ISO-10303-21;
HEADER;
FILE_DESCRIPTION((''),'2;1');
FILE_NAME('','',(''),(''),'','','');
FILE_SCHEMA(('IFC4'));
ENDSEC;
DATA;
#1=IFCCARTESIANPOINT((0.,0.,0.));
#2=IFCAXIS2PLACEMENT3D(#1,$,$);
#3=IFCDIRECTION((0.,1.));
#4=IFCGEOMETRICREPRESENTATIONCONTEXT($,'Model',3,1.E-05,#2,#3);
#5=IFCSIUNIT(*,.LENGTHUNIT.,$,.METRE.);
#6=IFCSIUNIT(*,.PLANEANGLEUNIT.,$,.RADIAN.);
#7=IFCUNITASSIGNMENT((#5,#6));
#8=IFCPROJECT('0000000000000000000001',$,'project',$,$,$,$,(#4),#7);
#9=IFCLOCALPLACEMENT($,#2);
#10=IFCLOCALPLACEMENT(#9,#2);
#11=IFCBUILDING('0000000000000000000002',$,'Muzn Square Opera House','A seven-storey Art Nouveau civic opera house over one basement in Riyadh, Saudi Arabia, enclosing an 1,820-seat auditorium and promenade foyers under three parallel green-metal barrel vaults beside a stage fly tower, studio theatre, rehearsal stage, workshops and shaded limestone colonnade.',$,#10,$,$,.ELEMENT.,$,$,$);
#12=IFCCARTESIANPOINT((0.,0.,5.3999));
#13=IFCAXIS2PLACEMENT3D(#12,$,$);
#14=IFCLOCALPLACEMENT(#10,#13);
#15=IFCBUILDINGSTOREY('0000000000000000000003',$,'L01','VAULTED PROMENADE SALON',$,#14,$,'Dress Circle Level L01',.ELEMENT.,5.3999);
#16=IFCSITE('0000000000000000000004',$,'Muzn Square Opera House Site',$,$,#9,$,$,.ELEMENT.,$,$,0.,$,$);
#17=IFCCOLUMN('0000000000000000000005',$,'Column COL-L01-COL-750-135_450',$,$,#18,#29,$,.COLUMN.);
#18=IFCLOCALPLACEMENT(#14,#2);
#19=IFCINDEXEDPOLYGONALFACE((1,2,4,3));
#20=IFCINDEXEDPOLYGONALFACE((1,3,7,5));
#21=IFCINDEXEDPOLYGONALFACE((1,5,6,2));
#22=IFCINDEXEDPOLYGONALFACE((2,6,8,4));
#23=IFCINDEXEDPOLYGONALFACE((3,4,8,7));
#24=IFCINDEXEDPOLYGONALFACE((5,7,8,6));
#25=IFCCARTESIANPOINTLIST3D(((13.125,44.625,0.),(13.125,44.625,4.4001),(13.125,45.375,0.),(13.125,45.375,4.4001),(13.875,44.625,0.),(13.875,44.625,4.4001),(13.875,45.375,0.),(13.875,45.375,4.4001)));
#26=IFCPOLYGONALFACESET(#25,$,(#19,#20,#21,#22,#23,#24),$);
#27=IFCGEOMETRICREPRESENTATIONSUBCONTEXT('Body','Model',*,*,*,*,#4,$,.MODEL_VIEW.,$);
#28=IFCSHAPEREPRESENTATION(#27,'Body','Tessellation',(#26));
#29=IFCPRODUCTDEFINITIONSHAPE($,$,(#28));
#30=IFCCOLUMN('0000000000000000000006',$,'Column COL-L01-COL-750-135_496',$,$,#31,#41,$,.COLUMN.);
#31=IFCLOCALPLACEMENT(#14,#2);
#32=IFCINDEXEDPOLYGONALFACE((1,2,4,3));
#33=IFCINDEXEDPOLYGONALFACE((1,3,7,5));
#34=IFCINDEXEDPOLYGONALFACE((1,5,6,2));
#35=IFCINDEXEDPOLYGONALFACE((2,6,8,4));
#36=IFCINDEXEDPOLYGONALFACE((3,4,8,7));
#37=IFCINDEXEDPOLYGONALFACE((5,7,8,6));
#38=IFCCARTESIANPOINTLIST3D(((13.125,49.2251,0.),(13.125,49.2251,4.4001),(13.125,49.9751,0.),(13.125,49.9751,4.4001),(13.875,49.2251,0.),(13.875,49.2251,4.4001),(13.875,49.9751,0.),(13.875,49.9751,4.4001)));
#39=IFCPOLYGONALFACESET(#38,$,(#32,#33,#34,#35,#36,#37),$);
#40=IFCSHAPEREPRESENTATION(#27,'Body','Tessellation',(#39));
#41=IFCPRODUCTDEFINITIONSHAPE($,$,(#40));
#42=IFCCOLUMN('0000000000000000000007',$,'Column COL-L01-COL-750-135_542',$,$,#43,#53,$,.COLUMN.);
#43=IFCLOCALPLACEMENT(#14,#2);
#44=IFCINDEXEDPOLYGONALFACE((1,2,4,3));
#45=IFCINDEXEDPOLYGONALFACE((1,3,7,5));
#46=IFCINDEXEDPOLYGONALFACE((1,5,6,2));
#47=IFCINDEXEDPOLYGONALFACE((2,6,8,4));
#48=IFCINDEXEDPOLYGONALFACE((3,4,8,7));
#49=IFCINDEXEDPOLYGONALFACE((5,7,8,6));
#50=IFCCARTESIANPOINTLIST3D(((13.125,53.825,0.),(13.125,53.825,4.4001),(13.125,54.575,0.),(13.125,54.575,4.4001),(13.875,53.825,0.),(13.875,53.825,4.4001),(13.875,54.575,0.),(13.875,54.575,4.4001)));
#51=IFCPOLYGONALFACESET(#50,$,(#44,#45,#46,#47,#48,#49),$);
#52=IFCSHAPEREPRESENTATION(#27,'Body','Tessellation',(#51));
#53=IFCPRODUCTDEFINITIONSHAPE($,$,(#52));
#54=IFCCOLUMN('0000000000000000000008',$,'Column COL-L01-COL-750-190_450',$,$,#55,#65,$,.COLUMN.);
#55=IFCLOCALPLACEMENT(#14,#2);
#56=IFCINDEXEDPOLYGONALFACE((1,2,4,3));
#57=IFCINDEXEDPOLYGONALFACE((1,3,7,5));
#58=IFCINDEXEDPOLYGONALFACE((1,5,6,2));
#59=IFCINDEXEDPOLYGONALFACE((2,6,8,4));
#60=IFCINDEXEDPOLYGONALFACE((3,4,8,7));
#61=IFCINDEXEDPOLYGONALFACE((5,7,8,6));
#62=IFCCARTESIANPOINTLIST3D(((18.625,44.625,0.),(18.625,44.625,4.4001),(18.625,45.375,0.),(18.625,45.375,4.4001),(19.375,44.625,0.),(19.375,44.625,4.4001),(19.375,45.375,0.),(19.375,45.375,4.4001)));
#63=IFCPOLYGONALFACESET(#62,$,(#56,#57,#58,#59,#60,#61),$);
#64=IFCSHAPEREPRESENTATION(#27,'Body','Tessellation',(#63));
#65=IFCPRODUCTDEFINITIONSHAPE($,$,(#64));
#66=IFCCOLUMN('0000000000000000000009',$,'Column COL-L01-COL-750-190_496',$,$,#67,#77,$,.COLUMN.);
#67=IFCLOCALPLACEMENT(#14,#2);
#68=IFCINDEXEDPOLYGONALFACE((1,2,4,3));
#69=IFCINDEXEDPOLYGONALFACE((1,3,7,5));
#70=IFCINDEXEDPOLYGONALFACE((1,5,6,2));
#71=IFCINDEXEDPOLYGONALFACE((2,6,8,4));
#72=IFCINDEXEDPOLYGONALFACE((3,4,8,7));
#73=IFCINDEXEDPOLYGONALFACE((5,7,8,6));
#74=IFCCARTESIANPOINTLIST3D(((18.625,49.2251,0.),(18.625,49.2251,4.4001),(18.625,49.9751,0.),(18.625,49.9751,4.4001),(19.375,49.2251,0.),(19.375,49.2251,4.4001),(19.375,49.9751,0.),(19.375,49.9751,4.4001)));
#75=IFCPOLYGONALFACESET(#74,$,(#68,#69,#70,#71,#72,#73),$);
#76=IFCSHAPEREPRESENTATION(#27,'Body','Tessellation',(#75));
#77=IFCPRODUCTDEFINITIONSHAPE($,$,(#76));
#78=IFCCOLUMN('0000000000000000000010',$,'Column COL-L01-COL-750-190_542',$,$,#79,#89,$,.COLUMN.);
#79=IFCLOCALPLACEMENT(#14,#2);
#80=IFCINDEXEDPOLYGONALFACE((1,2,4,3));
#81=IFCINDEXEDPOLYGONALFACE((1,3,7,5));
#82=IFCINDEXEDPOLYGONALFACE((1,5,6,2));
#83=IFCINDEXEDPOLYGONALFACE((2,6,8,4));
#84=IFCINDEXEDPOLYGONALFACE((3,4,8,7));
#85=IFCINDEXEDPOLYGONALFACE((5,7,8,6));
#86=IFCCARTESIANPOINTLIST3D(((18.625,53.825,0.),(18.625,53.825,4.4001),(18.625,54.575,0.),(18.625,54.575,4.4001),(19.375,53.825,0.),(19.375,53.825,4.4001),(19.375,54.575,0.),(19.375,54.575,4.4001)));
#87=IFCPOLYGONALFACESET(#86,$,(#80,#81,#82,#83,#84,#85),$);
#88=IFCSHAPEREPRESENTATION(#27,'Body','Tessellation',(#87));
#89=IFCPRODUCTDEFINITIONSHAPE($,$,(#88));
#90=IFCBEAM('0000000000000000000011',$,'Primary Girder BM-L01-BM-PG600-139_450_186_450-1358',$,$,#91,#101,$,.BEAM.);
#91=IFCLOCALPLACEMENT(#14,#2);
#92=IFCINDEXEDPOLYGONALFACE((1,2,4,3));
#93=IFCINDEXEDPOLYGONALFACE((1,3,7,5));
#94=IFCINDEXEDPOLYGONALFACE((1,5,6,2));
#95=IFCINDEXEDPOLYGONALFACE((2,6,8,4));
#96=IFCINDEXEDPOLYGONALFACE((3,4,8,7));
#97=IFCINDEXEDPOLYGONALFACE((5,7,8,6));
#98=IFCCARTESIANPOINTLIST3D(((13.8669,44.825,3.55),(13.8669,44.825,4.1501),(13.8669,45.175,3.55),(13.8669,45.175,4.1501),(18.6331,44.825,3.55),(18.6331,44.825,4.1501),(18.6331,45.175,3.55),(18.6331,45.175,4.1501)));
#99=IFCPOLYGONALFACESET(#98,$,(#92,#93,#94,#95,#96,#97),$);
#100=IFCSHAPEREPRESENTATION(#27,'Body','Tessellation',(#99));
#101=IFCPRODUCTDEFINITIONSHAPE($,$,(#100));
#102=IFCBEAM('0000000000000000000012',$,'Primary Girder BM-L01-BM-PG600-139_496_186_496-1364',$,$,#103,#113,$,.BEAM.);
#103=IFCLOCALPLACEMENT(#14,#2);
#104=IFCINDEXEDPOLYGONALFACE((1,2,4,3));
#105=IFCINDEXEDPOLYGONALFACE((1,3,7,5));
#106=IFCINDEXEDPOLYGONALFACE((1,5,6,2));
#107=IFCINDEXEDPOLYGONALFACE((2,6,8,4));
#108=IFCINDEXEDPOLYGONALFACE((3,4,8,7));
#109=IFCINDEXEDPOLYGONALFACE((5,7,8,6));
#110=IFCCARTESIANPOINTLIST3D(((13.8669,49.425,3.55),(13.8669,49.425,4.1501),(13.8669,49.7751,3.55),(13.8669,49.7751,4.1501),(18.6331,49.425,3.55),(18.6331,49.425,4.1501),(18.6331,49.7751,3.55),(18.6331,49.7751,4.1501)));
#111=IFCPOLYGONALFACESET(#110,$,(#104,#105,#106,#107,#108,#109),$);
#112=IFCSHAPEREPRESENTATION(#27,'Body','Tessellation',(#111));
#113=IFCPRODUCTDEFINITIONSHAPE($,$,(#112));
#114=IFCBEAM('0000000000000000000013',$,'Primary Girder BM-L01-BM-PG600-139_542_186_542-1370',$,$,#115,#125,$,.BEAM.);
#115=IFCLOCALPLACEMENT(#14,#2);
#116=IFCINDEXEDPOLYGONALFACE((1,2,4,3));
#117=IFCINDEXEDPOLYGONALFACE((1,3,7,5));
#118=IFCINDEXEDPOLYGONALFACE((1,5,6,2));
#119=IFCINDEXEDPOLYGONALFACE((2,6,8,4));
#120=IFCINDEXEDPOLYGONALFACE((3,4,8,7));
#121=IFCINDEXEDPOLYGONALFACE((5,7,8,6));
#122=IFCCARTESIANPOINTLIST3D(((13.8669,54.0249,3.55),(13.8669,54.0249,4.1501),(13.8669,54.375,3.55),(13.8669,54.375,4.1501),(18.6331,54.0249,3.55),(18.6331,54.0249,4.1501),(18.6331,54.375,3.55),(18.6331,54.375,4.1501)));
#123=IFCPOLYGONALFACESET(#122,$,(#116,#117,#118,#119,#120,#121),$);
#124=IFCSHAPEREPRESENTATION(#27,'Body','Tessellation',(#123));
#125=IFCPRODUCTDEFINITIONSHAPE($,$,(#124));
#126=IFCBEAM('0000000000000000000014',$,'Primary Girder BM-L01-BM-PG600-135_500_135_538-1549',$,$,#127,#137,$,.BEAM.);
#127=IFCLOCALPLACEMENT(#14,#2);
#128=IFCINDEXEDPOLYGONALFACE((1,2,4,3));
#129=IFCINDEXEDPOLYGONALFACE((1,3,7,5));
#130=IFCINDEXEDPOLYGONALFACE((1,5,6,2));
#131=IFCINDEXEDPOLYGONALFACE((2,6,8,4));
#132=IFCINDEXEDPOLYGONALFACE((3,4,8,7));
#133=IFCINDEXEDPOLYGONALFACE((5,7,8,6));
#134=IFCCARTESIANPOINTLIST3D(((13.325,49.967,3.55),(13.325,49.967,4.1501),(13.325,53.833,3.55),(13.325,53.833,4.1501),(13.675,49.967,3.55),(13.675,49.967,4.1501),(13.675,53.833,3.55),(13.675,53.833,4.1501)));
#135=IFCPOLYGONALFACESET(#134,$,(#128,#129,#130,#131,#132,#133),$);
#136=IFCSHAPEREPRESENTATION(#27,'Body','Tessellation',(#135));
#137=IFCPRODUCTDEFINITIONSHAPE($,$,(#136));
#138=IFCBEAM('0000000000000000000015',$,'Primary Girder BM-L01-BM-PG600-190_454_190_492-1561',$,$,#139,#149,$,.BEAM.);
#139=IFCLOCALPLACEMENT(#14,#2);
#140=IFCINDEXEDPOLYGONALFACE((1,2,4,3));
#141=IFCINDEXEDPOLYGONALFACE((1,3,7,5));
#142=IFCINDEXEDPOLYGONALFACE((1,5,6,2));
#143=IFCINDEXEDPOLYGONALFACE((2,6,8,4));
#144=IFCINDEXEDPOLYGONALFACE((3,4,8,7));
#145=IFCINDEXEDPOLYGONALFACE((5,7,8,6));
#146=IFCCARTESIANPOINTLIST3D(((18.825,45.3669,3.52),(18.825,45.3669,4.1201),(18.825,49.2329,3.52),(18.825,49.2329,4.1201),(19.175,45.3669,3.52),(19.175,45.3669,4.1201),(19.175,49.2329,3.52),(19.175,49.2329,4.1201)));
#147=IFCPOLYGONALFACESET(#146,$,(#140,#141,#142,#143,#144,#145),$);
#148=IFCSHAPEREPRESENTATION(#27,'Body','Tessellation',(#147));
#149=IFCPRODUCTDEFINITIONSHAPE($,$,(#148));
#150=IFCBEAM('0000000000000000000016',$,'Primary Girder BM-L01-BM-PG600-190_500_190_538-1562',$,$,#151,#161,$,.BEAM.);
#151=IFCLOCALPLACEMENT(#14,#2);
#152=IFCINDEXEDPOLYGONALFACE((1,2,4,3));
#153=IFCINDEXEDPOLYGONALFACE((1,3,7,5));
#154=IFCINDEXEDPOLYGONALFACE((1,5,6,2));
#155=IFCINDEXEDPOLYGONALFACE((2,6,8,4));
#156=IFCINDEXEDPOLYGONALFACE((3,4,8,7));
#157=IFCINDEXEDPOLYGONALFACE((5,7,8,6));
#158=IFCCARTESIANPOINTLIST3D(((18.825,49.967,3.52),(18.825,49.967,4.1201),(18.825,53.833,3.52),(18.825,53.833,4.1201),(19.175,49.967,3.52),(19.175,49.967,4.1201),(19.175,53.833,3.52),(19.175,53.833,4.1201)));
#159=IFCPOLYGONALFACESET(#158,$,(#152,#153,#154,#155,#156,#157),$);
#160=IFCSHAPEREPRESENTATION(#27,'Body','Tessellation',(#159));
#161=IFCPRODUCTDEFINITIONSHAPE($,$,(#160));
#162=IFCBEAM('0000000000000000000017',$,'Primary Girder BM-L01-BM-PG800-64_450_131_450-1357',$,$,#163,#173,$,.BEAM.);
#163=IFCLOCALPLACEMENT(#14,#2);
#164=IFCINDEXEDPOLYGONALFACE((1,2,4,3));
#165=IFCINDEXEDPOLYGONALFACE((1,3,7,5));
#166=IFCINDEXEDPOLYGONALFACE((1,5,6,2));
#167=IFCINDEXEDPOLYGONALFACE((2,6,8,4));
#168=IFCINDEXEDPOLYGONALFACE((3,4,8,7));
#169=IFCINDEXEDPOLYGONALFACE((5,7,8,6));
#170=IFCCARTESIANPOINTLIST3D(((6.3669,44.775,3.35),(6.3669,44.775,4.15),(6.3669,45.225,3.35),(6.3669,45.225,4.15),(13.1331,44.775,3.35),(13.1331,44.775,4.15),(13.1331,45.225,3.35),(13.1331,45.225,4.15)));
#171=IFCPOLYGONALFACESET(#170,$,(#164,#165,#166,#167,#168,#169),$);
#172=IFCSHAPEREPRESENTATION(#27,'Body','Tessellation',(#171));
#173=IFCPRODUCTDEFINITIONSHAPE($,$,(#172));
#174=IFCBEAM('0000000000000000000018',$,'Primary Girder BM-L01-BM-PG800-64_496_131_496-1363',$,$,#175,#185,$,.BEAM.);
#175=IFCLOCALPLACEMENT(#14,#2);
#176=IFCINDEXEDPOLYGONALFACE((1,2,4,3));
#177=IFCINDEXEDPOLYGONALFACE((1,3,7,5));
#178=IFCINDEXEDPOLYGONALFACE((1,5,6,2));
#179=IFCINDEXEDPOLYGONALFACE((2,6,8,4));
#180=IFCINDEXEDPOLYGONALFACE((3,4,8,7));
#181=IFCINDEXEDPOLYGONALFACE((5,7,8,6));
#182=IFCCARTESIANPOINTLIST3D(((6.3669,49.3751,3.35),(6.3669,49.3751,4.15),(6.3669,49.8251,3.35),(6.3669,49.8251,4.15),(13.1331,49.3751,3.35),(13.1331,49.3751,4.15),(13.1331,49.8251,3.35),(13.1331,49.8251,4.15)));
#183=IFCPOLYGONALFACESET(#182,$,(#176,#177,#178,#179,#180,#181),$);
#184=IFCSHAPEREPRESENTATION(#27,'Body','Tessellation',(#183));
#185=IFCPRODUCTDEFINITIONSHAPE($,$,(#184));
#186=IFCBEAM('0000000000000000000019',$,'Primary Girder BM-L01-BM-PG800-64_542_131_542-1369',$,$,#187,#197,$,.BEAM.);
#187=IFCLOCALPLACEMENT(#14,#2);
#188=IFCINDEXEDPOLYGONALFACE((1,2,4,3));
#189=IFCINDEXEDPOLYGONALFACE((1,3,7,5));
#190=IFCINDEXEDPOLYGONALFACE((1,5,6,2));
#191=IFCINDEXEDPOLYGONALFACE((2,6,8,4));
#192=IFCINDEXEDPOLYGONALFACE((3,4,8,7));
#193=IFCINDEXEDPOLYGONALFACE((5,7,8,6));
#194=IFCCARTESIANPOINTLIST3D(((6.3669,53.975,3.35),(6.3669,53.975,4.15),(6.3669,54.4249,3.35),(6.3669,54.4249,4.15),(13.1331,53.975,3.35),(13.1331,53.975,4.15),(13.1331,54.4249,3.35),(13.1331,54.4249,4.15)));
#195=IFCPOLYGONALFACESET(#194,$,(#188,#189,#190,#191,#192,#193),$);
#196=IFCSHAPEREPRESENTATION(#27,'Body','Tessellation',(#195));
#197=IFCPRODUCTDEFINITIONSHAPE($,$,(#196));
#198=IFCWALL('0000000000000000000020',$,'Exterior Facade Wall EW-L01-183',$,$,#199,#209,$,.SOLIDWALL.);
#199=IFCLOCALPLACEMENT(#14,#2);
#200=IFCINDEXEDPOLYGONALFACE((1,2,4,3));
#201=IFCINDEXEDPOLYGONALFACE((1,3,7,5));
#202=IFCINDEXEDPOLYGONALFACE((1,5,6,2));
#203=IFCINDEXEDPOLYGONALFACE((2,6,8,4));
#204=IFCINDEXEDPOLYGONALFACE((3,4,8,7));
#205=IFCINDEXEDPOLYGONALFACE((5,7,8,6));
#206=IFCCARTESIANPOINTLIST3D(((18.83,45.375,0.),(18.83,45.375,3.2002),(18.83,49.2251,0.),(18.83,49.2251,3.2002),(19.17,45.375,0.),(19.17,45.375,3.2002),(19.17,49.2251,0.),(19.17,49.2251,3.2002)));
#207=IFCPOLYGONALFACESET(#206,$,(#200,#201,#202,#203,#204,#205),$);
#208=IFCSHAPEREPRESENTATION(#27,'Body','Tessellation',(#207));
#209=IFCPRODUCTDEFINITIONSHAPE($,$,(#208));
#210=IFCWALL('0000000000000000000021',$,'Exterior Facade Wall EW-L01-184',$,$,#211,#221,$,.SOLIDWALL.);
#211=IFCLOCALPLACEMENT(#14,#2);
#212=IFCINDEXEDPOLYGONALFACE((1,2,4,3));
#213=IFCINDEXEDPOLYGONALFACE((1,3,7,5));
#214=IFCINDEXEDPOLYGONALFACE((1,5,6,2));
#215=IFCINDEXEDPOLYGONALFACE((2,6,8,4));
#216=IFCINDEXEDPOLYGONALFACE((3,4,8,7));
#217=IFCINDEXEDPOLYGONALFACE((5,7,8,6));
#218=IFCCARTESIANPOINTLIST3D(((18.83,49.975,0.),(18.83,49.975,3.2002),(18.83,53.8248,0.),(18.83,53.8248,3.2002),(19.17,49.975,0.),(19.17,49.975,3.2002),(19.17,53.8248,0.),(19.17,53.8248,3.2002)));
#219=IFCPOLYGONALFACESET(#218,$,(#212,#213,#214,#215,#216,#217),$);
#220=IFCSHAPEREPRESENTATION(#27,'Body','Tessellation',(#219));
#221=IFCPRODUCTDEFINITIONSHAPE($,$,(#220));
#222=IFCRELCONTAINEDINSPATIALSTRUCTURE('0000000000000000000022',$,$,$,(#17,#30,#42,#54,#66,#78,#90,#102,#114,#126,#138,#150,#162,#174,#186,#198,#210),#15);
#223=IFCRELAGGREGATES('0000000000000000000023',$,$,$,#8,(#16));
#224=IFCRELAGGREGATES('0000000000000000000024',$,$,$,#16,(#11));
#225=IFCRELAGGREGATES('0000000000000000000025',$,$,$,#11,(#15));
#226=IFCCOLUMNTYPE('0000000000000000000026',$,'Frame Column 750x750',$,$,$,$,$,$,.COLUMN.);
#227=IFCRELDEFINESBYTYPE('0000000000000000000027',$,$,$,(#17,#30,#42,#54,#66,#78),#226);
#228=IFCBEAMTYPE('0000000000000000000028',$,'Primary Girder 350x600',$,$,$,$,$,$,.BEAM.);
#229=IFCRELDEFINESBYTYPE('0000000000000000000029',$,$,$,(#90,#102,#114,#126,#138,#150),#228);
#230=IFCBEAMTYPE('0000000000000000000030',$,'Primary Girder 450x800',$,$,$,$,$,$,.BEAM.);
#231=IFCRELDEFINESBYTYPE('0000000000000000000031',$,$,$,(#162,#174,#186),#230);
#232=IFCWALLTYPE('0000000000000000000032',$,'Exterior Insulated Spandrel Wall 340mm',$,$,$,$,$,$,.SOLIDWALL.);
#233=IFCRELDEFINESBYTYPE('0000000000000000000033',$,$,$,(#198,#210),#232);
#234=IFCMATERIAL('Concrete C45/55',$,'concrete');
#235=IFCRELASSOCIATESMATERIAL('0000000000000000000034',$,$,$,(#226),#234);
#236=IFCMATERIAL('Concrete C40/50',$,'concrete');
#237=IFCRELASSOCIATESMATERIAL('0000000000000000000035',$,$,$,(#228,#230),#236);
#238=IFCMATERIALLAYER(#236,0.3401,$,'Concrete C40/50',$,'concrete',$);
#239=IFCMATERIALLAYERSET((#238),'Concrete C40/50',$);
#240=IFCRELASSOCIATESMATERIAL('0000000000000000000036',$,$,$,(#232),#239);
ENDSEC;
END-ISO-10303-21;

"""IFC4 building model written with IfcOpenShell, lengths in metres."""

from ifc_helpers import new_model, si_unit, direction, frame, frame_2d, origin, origin_2d, place, context, subcontext, project, spatial, rectangle, extrude, material, layer, layer_set, material_profile, profile_set, type_object, element, save


model = new_model("IFC4")

# Units and contexts
model_context = context("Model", 3, precision=1e-05, world=origin(), true_north=direction((0.0, 1.0)))
body_context = subcontext(model_context, "Body", "Model", "MODEL_VIEW")
ifc_project = project(units=[si_unit("LENGTHUNIT", "METRE"), si_unit("PLANEANGLEUNIT", "RADIAN")], contexts=[model_context])

# Site, building, storey
site_placement = place(None, origin())
site = spatial("IfcSite", under=ifc_project, at=site_placement, Name="Muzn Square Opera House Site", CompositionType="ELEMENT", RefElevation=0.0)
building_placement = place(site_placement, origin())
building = spatial("IfcBuilding", under=site, at=building_placement, Name="Muzn Square Opera House", Description="A seven-storey Art Nouveau civic opera house over one basement in Riyadh, Saudi Arabia, enclosing an 1,820-seat auditorium and promenade foyers under three parallel green-metal barrel vaults beside a stage fly tower, studio theatre, rehearsal stage, workshops and shaded limestone colonnade.", CompositionType="ELEMENT")
storey_placement = place(building_placement, frame((0.0, 0.0, 5.3999)))
storey = spatial("IfcBuildingStorey", under=building, at=storey_placement, Name="L01", Description="VAULTED PROMENADE SALON", LongName="Dress Circle Level L01", CompositionType="ELEMENT", Elevation=5.3999)

# Columns
ifc_material_1 = material(Name="Concrete C45/55", Category="concrete")
ifc_material_profile_1 = material_profile(ifc_material_1, rectangle(XDim=0.75, YDim=0.75, at=origin_2d()), Name="RC 750x750", Category="concrete")
ifc_profile_set_1 = profile_set([ifc_material_profile_1], Name="Concrete C45/55")
column_type = type_object("IfcColumnType", Name="Frame Column 750x750", PredefinedType="COLUMN", material=ifc_profile_set_1)
for number, where, z_axis, x_axis, name in (
    (1, (13.5, 45.0, 0.0), (0.0, 0.0, 1.0), (1.0, 0.0, 0.0), "Column COL-L01-COL-750-135_450"),
    (2, (13.5, 49.6001, 0.0), (0.0, 0.0, 1.0), (1.0, 0.0, 0.0), "Column COL-L01-COL-750-135_496"),
    (3, (13.5, 54.2, 0.0), (0.0, 0.0, 1.0), (1.0, 0.0, 0.0), "Column COL-L01-COL-750-135_542"),
    (4, (19.0, 45.0, 0.0), (0.0, 0.0, 1.0), (1.0, 0.0, 0.0), "Column COL-L01-COL-750-190_450"),
    (5, (19.0, 49.6001, 0.0), (0.0, 0.0, 1.0), (1.0, 0.0, 0.0), "Column COL-L01-COL-750-190_496"),
    (6, (19.0, 54.2, 0.0), (0.0, 0.0, 1.0), (1.0, 0.0, 0.0), "Column COL-L01-COL-750-190_542"),
):
    element("IfcColumn", number, at=place(storey_placement, frame(where, z_axis=z_axis, x_axis=x_axis)), inside=storey, type_object=column_type, Name=name, PredefinedType="COLUMN", context=body_context, shape_type="SweptSolid", body=[
        extrude(rectangle(XDim=0.75, YDim=0.75, at=origin_2d()), origin(), (0.0, 0.0, 1.0), 4.4001),
    ])

# Beams
ifc_material_2 = material(Name="Concrete C40/50", Category="concrete")
ifc_material_profile_2 = material_profile(ifc_material_2, rectangle(XDim=0.3501, YDim=0.6001, at=origin_2d()), Name="RCB 350x600", Category="concrete")
ifc_profile_set_2 = profile_set([ifc_material_profile_2], Name="Concrete C40/50")
beam_type_1 = type_object("IfcBeamType", Name="Primary Girder 350x600", PredefinedType="BEAM", material=ifc_profile_set_2)
for number, where, z_axis, x_axis, name in (
    (7, (13.8669, 45.0, 3.8501), (1.0, 0.0, 0.0), (0.0, 1.0, 0.0), "Primary Girder BM-L01-BM-PG600-139_450_186_450-1358"),
    (8, (13.8669, 49.6001, 3.8501), (1.0, 0.0, 0.0), (0.0, 1.0, 0.0), "Primary Girder BM-L01-BM-PG600-139_496_186_496-1364"),
    (9, (13.8669, 54.2, 3.8501), (1.0, 0.0, 0.0), (0.0, 1.0, 0.0), "Primary Girder BM-L01-BM-PG600-139_542_186_542-1370"),
):
    element("IfcBeam", number, at=place(storey_placement, frame(where, z_axis=z_axis, x_axis=x_axis)), inside=storey, type_object=beam_type_1, Name=name, PredefinedType="BEAM", context=body_context, shape_type="SweptSolid", body=[
        extrude(rectangle(XDim=0.3501, YDim=0.6001, at=origin_2d()), origin(), (0.0, 0.0, 1.0), 4.7661),
    ])
for number, where, z_axis, x_axis, name in (
    (10, (13.5, 49.967, 3.8501), (0.0, 1.0, 0.0), (-1.0, 0.0, 0.0), "Primary Girder BM-L01-BM-PG600-135_500_135_538-1549"),
    (11, (19.0, 45.3669, 3.8201), (0.0, 1.0, 0.0), (-1.0, 0.0, 0.0), "Primary Girder BM-L01-BM-PG600-190_454_190_492-1561"),
    (12, (19.0, 49.967, 3.8201), (0.0, 1.0, 0.0), (-1.0, 0.0, 0.0), "Primary Girder BM-L01-BM-PG600-190_500_190_538-1562"),
):
    element("IfcBeam", number, at=place(storey_placement, frame(where, z_axis=z_axis, x_axis=x_axis)), inside=storey, type_object=beam_type_1, Name=name, PredefinedType="BEAM", context=body_context, shape_type="SweptSolid", body=[
        extrude(rectangle(XDim=0.3501, YDim=0.6001, at=origin_2d()), origin(), (0.0, 0.0, 1.0), 3.866),
    ])
ifc_material_profile_3 = material_profile(ifc_material_2, rectangle(XDim=0.45, YDim=0.8, at=origin_2d()), Name="RCB 450x800", Category="concrete")
ifc_profile_set_3 = profile_set([ifc_material_profile_3], Name="Concrete C40/50")
beam_type_2 = type_object("IfcBeamType", Name="Primary Girder 450x800", PredefinedType="BEAM", material=ifc_profile_set_3)
for number, where, z_axis, x_axis, name in (
    (13, (6.3669, 45.0, 3.75), (1.0, 0.0, 0.0), (0.0, 1.0, 0.0), "Primary Girder BM-L01-BM-PG800-64_450_131_450-1357"),
    (14, (6.3669, 49.6001, 3.75), (1.0, 0.0, 0.0), (0.0, 1.0, 0.0), "Primary Girder BM-L01-BM-PG800-64_496_131_496-1363"),
    (15, (6.3669, 54.2, 3.75), (1.0, 0.0, 0.0), (0.0, 1.0, 0.0), "Primary Girder BM-L01-BM-PG800-64_542_131_542-1369"),
):
    element("IfcBeam", number, at=place(storey_placement, frame(where, z_axis=z_axis, x_axis=x_axis)), inside=storey, type_object=beam_type_2, Name=name, PredefinedType="BEAM", context=body_context, shape_type="SweptSolid", body=[
        extrude(rectangle(XDim=0.45, YDim=0.8, at=origin_2d()), origin(), (0.0, 0.0, 1.0), 6.7661),
    ])

# Walls
ifc_layer_1 = layer(ifc_material_2, 0.3401, Name="Concrete C40/50", Category="concrete")
ifc_layer_set_1 = layer_set([ifc_layer_1], Name="Concrete C40/50")
wall_type_1 = type_object("IfcWallType", Name="Exterior Insulated Spandrel Wall 340mm", PredefinedType="SOLIDWALL", material=ifc_layer_set_1)
wall_1_placement = place(storey_placement, frame((19.0, 45.375, 0.0), z_axis=(0.0, 0.0, 1.0), x_axis=(0.0, 1.0, 0.0)))
element("IfcWall", 16, at=wall_1_placement, inside=storey, type_object=wall_type_1, Name="Exterior Facade Wall EW-L01-183", PredefinedType="SOLIDWALL", context=body_context, shape_type="SweptSolid", body=[
    extrude(rectangle(XDim=3.8501, YDim=0.3401, at=frame_2d((1.925, 0.0))), origin(), (0.0, 0.0, 1.0), 3.2002),
])
wall_2_placement = place(storey_placement, frame((19.0, 49.9751, 0.0), z_axis=(0.0, 0.0, 1.0), x_axis=(0.0, 1.0, 0.0)))
element("IfcWall", 17, at=wall_2_placement, inside=storey, type_object=wall_type_1, Name="Exterior Facade Wall EW-L01-184", PredefinedType="SOLIDWALL", context=body_context, shape_type="SweptSolid", body=[
    extrude(rectangle(XDim=3.8499, YDim=0.3401, at=frame_2d((1.9248, 0.0))), origin(), (0.0, 0.0, 1.0), 3.2002),
])

save(model, "model.ifc")
